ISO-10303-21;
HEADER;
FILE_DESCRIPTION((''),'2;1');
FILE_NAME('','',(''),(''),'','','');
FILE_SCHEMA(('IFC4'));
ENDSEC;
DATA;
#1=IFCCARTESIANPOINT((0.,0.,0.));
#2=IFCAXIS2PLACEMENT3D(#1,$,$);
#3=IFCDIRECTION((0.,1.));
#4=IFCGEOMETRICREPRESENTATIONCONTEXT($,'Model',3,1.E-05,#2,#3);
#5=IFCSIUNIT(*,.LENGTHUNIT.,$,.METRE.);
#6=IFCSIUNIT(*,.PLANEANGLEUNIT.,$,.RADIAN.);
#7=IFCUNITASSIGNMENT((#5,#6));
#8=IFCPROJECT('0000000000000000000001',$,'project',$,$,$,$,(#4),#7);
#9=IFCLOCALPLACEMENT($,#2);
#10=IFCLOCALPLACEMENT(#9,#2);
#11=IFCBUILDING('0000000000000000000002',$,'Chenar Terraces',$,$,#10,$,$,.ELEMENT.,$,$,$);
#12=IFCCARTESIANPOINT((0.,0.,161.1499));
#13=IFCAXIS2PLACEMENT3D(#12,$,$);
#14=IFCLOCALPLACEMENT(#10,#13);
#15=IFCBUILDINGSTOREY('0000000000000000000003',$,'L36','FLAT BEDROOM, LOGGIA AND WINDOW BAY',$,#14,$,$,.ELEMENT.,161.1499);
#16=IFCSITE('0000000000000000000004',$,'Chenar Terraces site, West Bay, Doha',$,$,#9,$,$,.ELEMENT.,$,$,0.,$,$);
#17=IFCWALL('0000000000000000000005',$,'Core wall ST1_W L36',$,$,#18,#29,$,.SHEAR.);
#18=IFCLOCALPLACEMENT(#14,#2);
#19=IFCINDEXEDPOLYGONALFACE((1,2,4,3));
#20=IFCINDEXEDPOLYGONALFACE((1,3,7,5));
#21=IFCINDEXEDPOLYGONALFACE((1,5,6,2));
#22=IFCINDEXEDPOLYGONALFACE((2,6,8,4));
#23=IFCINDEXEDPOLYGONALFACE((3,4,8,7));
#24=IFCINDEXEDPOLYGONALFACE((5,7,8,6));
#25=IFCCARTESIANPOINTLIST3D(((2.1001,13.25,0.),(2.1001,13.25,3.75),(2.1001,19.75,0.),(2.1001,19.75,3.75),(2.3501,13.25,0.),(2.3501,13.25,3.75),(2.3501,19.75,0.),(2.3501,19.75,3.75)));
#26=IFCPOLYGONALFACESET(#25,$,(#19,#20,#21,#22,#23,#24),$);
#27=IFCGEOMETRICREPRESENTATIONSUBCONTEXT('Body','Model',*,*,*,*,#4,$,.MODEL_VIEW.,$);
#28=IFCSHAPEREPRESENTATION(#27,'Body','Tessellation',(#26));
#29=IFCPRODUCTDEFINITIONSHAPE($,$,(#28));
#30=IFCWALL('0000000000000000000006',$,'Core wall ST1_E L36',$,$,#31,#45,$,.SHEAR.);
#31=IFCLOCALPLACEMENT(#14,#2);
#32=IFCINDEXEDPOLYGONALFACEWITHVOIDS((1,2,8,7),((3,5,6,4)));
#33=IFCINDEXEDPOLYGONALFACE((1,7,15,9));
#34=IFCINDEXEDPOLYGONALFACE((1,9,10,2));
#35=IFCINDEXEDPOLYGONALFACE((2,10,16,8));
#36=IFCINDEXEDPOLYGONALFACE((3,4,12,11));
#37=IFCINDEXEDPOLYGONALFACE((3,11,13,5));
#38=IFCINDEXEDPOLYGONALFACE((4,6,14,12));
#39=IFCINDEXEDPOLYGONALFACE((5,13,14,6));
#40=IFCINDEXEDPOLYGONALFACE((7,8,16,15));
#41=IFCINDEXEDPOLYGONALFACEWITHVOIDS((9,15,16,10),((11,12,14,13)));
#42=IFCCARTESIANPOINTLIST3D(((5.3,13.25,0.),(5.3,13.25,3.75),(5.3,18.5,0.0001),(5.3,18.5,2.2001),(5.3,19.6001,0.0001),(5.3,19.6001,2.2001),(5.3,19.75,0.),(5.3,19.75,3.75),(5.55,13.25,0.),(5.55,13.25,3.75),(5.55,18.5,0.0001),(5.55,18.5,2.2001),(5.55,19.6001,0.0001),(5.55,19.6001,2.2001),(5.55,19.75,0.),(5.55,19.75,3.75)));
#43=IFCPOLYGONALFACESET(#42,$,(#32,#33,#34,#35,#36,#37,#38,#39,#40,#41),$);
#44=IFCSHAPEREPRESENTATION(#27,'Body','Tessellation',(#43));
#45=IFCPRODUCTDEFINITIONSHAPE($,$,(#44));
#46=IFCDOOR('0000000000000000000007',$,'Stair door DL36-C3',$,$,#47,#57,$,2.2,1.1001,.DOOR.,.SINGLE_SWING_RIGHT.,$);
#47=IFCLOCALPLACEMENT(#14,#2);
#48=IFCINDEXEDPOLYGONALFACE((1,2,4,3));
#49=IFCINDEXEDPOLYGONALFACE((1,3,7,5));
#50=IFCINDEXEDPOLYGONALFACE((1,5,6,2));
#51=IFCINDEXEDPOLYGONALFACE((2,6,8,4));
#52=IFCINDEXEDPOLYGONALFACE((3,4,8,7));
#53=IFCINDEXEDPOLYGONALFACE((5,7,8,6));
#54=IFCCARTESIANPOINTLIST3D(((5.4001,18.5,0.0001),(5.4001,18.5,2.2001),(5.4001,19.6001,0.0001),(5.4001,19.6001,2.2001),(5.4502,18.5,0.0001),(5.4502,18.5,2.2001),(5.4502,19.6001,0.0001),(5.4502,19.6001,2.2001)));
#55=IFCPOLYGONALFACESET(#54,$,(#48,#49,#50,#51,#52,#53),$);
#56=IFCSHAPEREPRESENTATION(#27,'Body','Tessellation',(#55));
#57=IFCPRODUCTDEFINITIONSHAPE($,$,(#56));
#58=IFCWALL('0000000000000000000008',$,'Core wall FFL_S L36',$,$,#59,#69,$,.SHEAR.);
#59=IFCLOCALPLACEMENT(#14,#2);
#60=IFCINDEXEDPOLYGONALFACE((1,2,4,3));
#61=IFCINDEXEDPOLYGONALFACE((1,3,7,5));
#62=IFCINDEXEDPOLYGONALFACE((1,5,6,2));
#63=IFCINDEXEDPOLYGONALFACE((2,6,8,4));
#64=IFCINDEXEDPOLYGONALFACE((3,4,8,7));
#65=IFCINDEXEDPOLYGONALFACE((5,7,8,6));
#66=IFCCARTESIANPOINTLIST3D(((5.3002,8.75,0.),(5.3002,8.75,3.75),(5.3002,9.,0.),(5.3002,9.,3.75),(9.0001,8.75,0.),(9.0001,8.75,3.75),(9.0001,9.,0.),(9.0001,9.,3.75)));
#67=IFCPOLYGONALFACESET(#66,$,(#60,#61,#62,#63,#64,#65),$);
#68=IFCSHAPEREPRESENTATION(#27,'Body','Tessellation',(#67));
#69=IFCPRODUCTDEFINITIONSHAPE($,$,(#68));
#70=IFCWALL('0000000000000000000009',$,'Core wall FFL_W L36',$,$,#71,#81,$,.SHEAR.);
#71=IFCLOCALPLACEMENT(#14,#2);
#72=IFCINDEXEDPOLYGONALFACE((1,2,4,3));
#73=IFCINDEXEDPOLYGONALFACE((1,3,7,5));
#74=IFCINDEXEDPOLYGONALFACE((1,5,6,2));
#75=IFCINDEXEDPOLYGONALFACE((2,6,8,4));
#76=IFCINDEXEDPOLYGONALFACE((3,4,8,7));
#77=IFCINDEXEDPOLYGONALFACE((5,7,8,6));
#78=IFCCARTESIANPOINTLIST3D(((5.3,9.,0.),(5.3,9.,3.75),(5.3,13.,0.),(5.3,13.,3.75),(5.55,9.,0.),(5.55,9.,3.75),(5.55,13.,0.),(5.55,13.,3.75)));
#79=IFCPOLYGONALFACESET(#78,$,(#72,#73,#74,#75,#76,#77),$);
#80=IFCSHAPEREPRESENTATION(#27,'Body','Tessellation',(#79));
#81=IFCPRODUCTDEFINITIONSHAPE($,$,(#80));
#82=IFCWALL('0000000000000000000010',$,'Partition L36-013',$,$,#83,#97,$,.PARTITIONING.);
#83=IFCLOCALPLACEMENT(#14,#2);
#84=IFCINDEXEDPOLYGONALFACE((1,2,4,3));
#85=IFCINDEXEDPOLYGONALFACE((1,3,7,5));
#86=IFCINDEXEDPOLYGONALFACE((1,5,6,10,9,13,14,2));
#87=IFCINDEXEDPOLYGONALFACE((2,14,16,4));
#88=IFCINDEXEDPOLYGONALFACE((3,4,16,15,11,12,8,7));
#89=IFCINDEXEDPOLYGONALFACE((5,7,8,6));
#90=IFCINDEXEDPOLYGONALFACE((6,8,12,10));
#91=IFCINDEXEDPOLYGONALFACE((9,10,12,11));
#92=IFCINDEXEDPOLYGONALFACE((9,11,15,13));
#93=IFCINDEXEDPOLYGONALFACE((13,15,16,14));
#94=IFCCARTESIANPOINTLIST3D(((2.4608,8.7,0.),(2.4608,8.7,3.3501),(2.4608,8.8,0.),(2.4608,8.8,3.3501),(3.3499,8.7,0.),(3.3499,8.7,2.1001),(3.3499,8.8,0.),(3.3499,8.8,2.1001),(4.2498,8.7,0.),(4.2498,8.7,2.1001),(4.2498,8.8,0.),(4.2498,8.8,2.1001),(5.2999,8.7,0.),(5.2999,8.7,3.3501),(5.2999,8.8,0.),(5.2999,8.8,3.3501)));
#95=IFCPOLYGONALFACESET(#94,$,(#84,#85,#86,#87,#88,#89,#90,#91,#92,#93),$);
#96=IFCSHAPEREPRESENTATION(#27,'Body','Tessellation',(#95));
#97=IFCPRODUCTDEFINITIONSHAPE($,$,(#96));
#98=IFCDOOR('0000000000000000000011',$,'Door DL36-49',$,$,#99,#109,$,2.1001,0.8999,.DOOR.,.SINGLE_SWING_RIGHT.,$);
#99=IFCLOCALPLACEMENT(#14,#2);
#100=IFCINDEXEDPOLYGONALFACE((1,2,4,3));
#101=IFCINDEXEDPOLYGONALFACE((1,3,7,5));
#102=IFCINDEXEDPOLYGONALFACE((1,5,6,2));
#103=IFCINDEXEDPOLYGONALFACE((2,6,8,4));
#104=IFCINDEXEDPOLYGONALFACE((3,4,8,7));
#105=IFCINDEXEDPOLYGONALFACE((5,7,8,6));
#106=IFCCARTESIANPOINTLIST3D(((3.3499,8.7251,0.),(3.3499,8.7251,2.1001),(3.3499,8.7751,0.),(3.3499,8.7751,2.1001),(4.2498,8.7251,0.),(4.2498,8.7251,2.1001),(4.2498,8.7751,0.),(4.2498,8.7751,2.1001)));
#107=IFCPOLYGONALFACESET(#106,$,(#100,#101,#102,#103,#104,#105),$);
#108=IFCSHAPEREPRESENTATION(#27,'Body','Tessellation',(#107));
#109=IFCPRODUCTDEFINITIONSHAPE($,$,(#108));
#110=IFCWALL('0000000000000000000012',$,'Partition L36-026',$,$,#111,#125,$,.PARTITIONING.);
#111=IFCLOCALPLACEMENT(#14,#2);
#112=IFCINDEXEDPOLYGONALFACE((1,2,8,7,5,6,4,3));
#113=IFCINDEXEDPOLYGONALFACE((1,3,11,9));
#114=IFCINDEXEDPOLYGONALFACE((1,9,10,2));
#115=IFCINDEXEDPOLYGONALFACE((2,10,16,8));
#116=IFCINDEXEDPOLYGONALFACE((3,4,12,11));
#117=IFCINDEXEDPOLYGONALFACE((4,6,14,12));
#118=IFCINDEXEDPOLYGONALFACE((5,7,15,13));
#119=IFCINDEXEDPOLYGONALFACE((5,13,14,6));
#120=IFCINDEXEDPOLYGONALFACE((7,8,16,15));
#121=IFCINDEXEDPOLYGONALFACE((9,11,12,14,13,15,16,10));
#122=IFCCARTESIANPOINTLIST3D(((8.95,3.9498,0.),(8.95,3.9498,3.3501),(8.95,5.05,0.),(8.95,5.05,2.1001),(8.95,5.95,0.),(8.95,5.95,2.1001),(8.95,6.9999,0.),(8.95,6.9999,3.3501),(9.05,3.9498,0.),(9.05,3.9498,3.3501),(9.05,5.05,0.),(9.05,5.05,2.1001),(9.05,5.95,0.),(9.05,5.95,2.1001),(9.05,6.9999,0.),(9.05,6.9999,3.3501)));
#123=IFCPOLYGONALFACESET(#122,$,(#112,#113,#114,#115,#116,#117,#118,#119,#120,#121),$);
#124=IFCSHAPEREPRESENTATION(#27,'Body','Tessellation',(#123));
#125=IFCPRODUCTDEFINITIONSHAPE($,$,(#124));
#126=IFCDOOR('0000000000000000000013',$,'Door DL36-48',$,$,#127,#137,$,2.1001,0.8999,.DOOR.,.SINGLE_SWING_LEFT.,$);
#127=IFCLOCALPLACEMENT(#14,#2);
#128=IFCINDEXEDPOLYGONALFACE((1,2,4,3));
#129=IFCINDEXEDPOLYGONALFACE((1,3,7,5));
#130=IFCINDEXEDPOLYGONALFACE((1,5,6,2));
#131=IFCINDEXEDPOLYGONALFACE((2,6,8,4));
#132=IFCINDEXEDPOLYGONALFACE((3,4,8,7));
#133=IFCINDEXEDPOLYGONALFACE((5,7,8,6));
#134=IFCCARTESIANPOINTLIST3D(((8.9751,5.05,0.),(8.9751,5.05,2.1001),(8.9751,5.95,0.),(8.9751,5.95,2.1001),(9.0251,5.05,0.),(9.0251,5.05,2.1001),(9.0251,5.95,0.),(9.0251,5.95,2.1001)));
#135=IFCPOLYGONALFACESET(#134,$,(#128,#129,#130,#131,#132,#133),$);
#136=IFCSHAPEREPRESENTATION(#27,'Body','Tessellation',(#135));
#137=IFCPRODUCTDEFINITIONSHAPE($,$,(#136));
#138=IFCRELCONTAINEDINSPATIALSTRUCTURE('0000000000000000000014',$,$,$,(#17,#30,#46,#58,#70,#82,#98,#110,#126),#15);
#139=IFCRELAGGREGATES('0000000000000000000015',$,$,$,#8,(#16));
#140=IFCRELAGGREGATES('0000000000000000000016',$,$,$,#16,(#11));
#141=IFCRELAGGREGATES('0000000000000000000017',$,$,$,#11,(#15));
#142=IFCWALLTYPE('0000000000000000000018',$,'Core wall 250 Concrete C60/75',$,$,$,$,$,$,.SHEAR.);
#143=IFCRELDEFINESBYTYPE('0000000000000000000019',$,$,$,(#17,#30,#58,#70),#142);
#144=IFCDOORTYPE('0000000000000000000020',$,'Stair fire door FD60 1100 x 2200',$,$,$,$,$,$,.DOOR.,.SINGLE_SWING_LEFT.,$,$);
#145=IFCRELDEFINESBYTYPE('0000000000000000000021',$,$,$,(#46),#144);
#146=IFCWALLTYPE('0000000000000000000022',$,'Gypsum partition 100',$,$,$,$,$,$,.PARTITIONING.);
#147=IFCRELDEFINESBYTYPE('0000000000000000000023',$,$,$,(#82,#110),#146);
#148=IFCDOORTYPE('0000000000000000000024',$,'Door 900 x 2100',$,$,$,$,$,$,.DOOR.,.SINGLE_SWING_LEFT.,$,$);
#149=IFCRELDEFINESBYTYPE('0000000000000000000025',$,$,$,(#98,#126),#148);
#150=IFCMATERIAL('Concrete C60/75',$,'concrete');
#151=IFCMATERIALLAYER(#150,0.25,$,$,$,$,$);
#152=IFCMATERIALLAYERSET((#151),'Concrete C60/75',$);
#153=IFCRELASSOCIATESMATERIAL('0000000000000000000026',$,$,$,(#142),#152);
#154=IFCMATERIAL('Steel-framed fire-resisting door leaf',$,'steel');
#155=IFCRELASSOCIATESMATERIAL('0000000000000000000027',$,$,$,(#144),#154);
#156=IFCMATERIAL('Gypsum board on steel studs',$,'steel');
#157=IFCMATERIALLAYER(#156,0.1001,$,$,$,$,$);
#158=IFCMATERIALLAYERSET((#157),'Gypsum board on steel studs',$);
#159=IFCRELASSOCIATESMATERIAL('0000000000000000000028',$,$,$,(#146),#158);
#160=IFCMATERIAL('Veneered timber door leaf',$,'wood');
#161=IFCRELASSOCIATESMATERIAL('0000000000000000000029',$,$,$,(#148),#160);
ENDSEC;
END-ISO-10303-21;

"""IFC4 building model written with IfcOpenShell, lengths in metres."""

from ifc_helpers import new_model, si_unit, direction, frame, frame_2d, origin, place, context, subcontext, project, spatial, rectangle, extrude, material, layer, layer_set, type_object, element, fill, save


model = new_model("IFC4")

# Units and contexts
model_context = context("Model", 3, precision=1e-05, world=origin(), true_north=direction((0.0, 1.0)))
body_context = subcontext(model_context, "Body", "Model", "MODEL_VIEW")
ifc_project = project(units=[si_unit("LENGTHUNIT", "METRE"), si_unit("PLANEANGLEUNIT", "RADIAN")], contexts=[model_context])

# Site, building, storey
site_placement = place(None, origin())
site = spatial("IfcSite", under=ifc_project, at=site_placement, Name="Chenar Terraces site, West Bay, Doha", CompositionType="ELEMENT", RefElevation=0.0)
building_placement = place(site_placement, origin())
building = spatial("IfcBuilding", under=site, at=building_placement, Name="Chenar Terraces", CompositionType="ELEMENT")
storey_placement = place(building_placement, frame((0.0, 0.0, 161.1499)))
storey = spatial("IfcBuildingStorey", under=building, at=storey_placement, Name="L36", Description="FLAT BEDROOM, LOGGIA AND WINDOW BAY", CompositionType="ELEMENT", Elevation=161.1499)

# Wall
ifc_material_1 = material(Name="Concrete C60/75", Category="concrete")
ifc_layer_1 = layer(ifc_material_1, 0.25)
ifc_layer_set_1 = layer_set([ifc_layer_1], Name="Concrete C60/75")
wall_type_1 = type_object("IfcWallType", Name="Core wall 250 Concrete C60/75", PredefinedType="SHEAR", material=ifc_layer_set_1)
wall_1_placement = place(storey_placement, frame((2.2251, 13.25, 0.0), z_axis=(0.0, 0.0, 1.0), x_axis=(0.0, 1.0, 0.0)))
element("IfcWall", 1, at=wall_1_placement, inside=storey, type_object=wall_type_1, Name="Core wall ST1_W L36", PredefinedType="SHEAR", context=body_context, shape_type="SweptSolid", body=[
    extrude(rectangle(XDim=6.5, YDim=0.25, at=frame_2d((3.25, 0.0))), origin(), (0.0, 0.0, 1.0), 3.75),
])

# Wall, opening, door
wall_2_placement = place(storey_placement, frame((5.425, 13.25, 0.0), z_axis=(0.0, 0.0, 1.0), x_axis=(0.0, 1.0, 0.0)))
wall_2 = element("IfcWall", 2, at=wall_2_placement, inside=storey, type_object=wall_type_1, Name="Core wall ST1_E L36", PredefinedType="SHEAR", context=body_context, shape_type="SweptSolid", body=[
    extrude(rectangle(XDim=6.5, YDim=0.25, at=frame_2d((3.25, 0.0))), origin(), (0.0, 0.0, 1.0), 3.75),
])
opening_1_placement = place(wall_2_placement, frame((5.25, 0.0, 0.0)))
opening_1 = element("IfcOpeningElement", 3, at=opening_1_placement, cuts=wall_2, PredefinedType="OPENING", context=body_context, shape_type="SweptSolid", body=[
    extrude(rectangle(XDim=1.1001, YDim=2.2, at=frame_2d((0.55, 1.1001))), frame((0.0, 0.135, 0.0), z_axis=(0.0, -1.0, 0.0), x_axis=(1.0, 0.0, 0.0)), (0.0, 0.0, 1.0), 0.27),
])
ifc_material_2 = material(Name="Steel-framed fire-resisting door leaf", Category="steel")
door_type_1 = type_object("IfcDoorType", Name="Stair fire door FD60 1100 x 2200", OperationType="SINGLE_SWING_LEFT", PredefinedType="DOOR", material=ifc_material_2)
door_1_placement = place(opening_1_placement, origin())
door_1 = element("IfcDoor", 4, at=door_1_placement, inside=storey, type_object=door_type_1, Name="Stair door DL36-C3", OperationType="SINGLE_SWING_RIGHT", OverallHeight=2.2, OverallWidth=1.1001, PredefinedType="DOOR", context=body_context, shape_type="SweptSolid", body=[
    extrude(rectangle(XDim=1.1001, YDim=2.2, at=frame_2d((0.55, 1.1001))), frame((0.0, 0.0249, 0.0), z_axis=(0.0, -1.0, 0.0), x_axis=(1.0, 0.0, 0.0)), (0.0, 0.0, 1.0), 0.05),
])
fill(opening_1, door_1)

# Walls
wall_3_placement = place(storey_placement, frame((5.3, 8.875, 0.0), z_axis=(0.0, 0.0, 1.0), x_axis=(1.0, 0.0, 0.0)))
element("IfcWall", 5, at=wall_3_placement, inside=storey, type_object=wall_type_1, Name="Core wall FFL_S L36", PredefinedType="SHEAR", context=body_context, shape_type="SweptSolid", body=[
    extrude(rectangle(XDim=3.7, YDim=0.25, at=frame_2d((1.8501, 0.0))), origin(), (0.0, 0.0, 1.0), 3.75),
])
wall_4_placement = place(storey_placement, frame((5.425, 9.0, 0.0), z_axis=(0.0, 0.0, 1.0), x_axis=(0.0, 1.0, 0.0)))
element("IfcWall", 6, at=wall_4_placement, inside=storey, type_object=wall_type_1, Name="Core wall FFL_W L36", PredefinedType="SHEAR", context=body_context, shape_type="SweptSolid", body=[
    extrude(rectangle(XDim=4.0, YDim=0.25, at=frame_2d((2.0, 0.0))), origin(), (0.0, 0.0, 1.0), 3.75),
])

# Walls, openings, doors
ifc_material_3 = material(Name="Gypsum board on steel studs", Category="steel")
ifc_layer_2 = layer(ifc_material_3, 0.1001)
ifc_layer_set_2 = layer_set([ifc_layer_2], Name="Gypsum board on steel studs")
wall_type_2 = type_object("IfcWallType", Name="Gypsum partition 100", PredefinedType="PARTITIONING", material=ifc_layer_set_2)
wall_5_placement = place(storey_placement, frame((2.4609, 8.75, 0.0), z_axis=(0.0, 0.0, 1.0), x_axis=(1.0, 0.0, 0.0)))
wall_5 = element("IfcWall", 7, at=wall_5_placement, inside=storey, type_object=wall_type_2, Name="Partition L36-013", PredefinedType="PARTITIONING", context=body_context, shape_type="SweptSolid", body=[
    extrude(rectangle(XDim=2.8391, YDim=0.1001, at=frame_2d((1.4194, 0.0))), origin(), (0.0, 0.0, 1.0), 3.3501),
])
opening_2_placement = place(wall_5_placement, frame((0.8889, 0.0, 0.0)))
opening_2 = element("IfcOpeningElement", 8, at=opening_2_placement, cuts=wall_5, PredefinedType="OPENING", context=body_context, shape_type="SweptSolid", body=[
    extrude(rectangle(XDim=0.8999, YDim=2.1001, at=frame_2d((0.45, 1.05))), frame((0.0, 0.0601, 0.0), z_axis=(0.0, -1.0, 0.0), x_axis=(1.0, 0.0, 0.0)), (0.0, 0.0, 1.0), 0.1201),
])
ifc_material_4 = material(Name="Veneered timber door leaf", Category="wood")
door_type_2 = type_object("IfcDoorType", Name="Door 900 x 2100", OperationType="SINGLE_SWING_LEFT", PredefinedType="DOOR", material=ifc_material_4)
door_2_placement = place(opening_2_placement, frame((0.8999, 0.0, 0.0), z_axis=(0.0, 0.0, 1.0), x_axis=(-1.0, 0.0, 0.0)))
door_2 = element("IfcDoor", 9, at=door_2_placement, inside=storey, type_object=door_type_2, Name="Door DL36-49", OperationType="SINGLE_SWING_RIGHT", OverallHeight=2.1001, OverallWidth=0.8999, PredefinedType="DOOR", context=body_context, shape_type="SweptSolid", body=[
    extrude(rectangle(XDim=0.8999, YDim=2.1001, at=frame_2d((0.45, 1.05))), frame((0.0, 0.0249, 0.0), z_axis=(0.0, -1.0, 0.0), x_axis=(1.0, 0.0, 0.0)), (0.0, 0.0, 1.0), 0.05),
])
fill(opening_2, door_2)
wall_6_placement = place(storey_placement, frame((9.0, 3.95, 0.0), z_axis=(0.0, 0.0, 1.0), x_axis=(0.0, 1.0, 0.0)))
wall_6 = element("IfcWall", 10, at=wall_6_placement, inside=storey, type_object=wall_type_2, Name="Partition L36-026", PredefinedType="PARTITIONING", context=body_context, shape_type="SweptSolid", body=[
    extrude(rectangle(XDim=3.05, YDim=0.1001, at=frame_2d((1.5249, 0.0))), origin(), (0.0, 0.0, 1.0), 3.3501),
])
opening_3_placement = place(wall_6_placement, frame((1.1001, 0.0, 0.0)))
opening_3 = element("IfcOpeningElement", 11, at=opening_3_placement, cuts=wall_6, PredefinedType="OPENING", context=body_context, shape_type="SweptSolid", body=[
    extrude(rectangle(XDim=0.8999, YDim=2.1001, at=frame_2d((0.45, 1.05))), frame((0.0, 0.0601, 0.0), z_axis=(0.0, -1.0, 0.0), x_axis=(1.0, 0.0, 0.0)), (0.0, 0.0, 1.0), 0.1201),
])
door_3_placement = place(opening_3_placement, origin())
door_3 = element("IfcDoor", 12, at=door_3_placement, inside=storey, type_object=door_type_2, Name="Door DL36-48", OperationType="SINGLE_SWING_LEFT", OverallHeight=2.1001, OverallWidth=0.8999, PredefinedType="DOOR", context=body_context, shape_type="SweptSolid", body=[
    extrude(rectangle(XDim=0.8999, YDim=2.1001, at=frame_2d((0.45, 1.05))), frame((0.0, 0.0249, 0.0), z_axis=(0.0, -1.0, 0.0), x_axis=(1.0, 0.0, 0.0)), (0.0, 0.0, 1.0), 0.05),
])
fill(opening_3, door_3)

save(model, "model.ifc")
